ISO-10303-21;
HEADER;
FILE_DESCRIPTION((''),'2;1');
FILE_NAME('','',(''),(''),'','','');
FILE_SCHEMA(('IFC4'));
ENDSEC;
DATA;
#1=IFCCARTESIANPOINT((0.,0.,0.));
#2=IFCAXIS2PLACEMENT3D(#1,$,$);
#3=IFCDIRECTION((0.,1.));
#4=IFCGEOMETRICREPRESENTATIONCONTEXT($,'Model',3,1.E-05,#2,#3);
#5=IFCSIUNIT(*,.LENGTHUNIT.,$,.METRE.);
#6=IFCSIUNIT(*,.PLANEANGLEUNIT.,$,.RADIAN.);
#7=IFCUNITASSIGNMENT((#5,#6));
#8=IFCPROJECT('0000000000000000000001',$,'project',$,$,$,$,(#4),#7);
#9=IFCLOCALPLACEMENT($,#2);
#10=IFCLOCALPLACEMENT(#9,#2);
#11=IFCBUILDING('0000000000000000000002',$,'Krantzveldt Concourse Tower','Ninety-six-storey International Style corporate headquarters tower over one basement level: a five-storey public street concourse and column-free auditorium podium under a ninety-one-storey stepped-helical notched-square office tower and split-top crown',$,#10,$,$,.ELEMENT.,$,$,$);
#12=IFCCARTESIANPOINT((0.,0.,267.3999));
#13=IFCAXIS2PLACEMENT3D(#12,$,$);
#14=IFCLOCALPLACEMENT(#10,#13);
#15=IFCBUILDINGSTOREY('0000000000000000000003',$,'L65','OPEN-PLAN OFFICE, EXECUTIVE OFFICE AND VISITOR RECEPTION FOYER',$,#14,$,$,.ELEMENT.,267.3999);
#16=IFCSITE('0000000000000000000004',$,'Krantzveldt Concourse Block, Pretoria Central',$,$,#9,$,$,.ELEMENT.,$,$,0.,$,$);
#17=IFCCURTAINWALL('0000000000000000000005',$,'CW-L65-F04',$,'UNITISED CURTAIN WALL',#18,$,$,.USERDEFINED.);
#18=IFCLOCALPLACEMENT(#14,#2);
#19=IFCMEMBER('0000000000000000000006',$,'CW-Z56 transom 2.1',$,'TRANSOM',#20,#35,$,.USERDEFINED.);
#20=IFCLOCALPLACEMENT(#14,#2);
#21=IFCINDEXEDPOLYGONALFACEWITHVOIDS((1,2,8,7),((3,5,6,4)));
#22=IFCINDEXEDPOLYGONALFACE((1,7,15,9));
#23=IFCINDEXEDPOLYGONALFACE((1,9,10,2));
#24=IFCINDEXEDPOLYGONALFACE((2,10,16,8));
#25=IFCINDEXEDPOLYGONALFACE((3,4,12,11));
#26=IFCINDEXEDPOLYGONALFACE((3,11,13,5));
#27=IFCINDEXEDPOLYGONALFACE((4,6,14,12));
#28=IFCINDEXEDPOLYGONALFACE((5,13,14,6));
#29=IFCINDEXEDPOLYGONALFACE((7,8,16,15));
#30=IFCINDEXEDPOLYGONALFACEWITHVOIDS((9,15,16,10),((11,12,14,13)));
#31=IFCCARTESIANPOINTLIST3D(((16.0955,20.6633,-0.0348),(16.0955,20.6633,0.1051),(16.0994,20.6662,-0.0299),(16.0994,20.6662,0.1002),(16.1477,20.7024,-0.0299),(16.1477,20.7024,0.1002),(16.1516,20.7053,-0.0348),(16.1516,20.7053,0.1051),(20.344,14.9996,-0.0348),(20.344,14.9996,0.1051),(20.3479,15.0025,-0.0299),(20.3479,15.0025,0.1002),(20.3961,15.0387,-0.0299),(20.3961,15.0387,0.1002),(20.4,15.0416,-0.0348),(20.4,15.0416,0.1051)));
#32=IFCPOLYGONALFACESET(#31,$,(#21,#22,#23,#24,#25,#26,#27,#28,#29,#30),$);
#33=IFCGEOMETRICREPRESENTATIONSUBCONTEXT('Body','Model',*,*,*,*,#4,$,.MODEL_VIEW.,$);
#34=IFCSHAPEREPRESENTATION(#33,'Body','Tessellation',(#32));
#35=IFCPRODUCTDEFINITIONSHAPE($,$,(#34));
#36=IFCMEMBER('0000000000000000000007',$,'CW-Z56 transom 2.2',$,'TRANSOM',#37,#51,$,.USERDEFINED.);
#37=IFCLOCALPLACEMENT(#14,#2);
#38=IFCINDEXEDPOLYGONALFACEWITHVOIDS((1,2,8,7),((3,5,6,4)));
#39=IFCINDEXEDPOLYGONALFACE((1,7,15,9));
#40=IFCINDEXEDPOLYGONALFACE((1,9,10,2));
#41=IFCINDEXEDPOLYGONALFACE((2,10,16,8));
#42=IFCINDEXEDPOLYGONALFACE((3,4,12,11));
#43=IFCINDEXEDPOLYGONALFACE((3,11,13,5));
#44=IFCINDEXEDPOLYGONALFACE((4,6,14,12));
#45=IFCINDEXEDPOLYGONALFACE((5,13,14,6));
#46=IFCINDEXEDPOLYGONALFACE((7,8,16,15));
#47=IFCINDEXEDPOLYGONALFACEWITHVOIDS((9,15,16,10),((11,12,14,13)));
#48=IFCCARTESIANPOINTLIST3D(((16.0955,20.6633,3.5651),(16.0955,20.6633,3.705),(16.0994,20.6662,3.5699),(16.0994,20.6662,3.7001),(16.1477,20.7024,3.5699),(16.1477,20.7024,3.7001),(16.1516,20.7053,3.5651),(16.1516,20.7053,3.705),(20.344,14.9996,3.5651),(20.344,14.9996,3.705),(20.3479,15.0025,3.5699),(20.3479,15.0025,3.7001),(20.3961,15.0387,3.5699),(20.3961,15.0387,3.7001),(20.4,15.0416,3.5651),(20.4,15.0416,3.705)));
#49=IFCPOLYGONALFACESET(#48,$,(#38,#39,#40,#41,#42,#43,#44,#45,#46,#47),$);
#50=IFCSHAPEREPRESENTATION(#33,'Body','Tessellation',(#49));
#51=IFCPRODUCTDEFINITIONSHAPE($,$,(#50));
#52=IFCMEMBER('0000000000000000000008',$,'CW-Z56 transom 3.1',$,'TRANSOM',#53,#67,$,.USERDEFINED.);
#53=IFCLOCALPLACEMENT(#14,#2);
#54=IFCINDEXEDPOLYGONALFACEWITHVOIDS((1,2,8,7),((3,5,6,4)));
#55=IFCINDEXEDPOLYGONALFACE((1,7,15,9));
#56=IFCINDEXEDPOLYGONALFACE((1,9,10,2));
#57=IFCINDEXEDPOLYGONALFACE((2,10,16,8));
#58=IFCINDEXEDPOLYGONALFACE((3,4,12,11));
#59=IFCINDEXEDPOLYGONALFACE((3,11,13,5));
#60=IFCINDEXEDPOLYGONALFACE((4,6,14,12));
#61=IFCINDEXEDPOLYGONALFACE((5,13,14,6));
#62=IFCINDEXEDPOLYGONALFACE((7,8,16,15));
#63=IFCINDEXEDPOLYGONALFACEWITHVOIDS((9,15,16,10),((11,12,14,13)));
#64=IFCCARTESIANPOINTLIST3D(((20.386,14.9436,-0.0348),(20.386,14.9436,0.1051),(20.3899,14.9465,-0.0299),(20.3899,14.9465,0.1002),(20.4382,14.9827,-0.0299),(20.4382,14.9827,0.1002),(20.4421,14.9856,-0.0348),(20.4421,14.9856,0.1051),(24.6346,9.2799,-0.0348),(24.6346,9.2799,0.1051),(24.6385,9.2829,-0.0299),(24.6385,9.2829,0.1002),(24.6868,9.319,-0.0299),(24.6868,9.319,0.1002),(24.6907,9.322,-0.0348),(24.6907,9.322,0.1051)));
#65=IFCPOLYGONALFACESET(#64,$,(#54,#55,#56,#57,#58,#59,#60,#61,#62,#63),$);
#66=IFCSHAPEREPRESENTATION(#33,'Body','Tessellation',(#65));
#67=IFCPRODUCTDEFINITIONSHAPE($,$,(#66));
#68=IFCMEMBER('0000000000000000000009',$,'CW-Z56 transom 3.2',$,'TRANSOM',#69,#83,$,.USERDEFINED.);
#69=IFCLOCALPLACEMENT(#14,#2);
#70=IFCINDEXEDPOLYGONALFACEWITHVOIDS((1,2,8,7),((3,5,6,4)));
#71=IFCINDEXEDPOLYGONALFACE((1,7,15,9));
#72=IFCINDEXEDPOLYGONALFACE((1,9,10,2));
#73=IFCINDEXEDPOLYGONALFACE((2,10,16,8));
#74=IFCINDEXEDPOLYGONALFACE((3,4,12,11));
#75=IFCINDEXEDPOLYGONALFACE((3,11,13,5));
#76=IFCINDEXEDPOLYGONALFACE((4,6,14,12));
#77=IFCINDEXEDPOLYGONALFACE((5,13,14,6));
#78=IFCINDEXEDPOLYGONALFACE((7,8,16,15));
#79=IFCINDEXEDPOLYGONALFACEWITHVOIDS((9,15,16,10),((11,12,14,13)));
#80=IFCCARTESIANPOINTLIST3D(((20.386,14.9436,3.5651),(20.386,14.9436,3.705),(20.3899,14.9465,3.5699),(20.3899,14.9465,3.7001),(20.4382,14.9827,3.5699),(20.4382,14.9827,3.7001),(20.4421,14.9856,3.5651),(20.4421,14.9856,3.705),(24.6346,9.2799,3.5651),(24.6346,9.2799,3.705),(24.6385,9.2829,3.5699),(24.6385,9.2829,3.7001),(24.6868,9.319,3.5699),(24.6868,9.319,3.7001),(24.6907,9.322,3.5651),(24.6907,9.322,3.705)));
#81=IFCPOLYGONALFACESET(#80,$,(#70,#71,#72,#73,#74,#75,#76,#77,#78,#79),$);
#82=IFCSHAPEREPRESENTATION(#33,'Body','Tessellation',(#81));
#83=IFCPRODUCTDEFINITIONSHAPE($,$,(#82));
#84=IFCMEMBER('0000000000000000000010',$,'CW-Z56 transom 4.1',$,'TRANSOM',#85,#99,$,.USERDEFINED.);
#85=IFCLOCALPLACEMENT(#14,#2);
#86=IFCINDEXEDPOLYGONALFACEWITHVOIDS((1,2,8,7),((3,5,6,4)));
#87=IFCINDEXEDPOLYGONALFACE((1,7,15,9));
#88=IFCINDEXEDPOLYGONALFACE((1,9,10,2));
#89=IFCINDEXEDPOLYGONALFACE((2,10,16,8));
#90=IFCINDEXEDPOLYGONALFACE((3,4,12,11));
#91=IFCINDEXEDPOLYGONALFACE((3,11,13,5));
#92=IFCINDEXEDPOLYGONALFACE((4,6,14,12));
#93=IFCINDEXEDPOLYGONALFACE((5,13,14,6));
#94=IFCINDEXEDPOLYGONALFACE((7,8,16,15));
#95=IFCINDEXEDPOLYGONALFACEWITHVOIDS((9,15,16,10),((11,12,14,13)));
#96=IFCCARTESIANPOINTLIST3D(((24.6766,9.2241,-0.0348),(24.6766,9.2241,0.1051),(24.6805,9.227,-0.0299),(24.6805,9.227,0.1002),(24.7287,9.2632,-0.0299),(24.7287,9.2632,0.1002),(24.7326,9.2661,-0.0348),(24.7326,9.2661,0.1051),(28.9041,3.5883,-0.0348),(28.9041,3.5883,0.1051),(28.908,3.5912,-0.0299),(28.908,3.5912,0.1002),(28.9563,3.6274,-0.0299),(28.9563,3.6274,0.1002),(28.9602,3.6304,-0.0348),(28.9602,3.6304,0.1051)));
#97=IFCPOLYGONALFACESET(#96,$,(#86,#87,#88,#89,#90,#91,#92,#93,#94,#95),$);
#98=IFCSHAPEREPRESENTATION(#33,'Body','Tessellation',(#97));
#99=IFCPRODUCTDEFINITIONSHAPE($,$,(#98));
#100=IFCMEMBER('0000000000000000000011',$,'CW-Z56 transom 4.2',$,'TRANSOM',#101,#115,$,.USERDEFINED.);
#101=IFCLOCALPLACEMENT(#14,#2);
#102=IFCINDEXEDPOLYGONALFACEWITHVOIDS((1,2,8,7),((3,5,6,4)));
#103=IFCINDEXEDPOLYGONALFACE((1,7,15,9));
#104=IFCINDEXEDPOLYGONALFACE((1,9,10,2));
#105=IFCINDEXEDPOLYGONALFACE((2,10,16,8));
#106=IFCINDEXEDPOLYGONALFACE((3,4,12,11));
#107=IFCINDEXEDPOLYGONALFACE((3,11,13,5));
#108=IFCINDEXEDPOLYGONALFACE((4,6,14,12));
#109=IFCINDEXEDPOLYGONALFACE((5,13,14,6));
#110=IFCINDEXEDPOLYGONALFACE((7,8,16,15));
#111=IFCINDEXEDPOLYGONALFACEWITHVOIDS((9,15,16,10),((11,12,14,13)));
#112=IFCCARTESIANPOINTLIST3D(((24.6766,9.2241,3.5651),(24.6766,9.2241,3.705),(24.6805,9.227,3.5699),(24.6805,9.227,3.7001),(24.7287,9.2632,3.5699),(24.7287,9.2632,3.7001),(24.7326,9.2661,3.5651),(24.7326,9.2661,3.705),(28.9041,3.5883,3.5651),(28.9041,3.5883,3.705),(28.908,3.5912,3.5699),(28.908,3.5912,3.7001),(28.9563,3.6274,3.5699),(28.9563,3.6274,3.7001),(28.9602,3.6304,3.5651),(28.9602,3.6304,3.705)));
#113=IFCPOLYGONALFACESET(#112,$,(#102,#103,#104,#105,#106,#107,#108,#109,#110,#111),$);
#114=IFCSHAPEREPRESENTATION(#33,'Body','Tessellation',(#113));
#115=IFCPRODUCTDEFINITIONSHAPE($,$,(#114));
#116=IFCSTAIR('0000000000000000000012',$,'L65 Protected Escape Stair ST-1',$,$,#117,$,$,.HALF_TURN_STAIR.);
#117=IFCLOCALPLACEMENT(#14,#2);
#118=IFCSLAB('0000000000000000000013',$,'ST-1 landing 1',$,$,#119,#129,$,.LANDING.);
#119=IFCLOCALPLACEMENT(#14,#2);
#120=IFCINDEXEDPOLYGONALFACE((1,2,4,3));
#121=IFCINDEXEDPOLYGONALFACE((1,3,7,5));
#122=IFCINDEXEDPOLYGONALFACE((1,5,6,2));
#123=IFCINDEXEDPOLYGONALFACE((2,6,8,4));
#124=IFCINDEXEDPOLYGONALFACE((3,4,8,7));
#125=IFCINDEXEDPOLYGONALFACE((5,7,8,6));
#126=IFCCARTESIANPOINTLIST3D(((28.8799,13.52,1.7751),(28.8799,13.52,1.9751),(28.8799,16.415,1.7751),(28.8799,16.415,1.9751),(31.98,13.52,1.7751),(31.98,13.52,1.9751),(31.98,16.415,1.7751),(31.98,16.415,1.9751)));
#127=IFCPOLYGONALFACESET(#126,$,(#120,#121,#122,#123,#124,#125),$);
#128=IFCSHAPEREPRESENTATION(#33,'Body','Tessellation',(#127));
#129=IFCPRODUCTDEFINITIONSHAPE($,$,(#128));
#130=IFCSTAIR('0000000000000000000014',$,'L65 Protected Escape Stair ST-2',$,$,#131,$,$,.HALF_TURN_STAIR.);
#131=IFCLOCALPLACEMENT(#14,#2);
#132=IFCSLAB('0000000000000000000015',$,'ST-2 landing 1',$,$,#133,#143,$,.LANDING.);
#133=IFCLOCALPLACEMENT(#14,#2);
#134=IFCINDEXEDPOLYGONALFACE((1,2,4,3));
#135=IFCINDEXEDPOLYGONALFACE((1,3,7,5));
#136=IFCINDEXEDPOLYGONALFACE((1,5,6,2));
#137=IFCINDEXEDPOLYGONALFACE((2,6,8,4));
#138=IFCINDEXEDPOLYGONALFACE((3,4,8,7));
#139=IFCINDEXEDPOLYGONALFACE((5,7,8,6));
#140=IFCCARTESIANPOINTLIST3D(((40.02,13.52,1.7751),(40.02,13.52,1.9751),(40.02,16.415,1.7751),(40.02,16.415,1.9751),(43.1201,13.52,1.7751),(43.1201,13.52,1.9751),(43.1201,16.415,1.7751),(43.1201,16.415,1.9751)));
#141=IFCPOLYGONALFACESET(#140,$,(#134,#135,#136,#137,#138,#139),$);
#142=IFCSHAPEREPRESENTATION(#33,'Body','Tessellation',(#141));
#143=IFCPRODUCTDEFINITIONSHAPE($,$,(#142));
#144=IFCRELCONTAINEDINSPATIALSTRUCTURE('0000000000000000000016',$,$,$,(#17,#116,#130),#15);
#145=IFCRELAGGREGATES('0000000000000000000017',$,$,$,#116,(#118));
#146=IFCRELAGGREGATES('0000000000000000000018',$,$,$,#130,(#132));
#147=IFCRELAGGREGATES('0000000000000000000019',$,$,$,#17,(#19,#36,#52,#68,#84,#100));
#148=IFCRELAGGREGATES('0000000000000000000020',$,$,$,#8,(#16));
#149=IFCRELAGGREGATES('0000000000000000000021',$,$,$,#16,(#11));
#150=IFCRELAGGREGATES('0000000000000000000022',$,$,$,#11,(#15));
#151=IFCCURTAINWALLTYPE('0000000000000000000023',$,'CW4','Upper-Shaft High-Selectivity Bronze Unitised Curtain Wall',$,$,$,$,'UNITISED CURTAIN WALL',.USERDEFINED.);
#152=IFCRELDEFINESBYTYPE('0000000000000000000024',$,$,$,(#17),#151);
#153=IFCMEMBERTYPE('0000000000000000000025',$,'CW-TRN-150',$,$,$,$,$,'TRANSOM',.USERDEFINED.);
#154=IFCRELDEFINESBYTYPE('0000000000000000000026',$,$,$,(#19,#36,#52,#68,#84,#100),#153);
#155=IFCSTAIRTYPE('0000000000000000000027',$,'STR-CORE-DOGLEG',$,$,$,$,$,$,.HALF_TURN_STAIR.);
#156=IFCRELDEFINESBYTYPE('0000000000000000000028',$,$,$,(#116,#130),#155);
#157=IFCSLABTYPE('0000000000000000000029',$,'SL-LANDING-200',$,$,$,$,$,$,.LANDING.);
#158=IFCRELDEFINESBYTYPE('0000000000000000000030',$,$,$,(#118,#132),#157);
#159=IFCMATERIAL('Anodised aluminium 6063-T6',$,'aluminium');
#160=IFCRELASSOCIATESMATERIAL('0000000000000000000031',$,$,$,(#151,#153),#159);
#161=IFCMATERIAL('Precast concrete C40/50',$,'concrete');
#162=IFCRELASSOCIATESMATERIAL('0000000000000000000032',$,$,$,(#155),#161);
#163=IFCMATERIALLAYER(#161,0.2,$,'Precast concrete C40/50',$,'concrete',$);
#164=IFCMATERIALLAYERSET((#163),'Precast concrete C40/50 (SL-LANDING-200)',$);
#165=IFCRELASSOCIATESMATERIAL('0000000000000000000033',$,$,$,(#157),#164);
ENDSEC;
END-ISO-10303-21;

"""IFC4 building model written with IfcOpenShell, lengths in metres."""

from ifc_helpers import new_model, si_unit, direction, frame, origin, origin_2d, place, context, subcontext, project, spatial, polyline, hollow_rectangle, outline, extrude, source, transform, mapped, material, layer, layer_set, material_profile, profile_set, type_object, element, aggregate, save


model = new_model("IFC4")

# Units and contexts
model_context = context("Model", 3, precision=1e-05, world=origin(), true_north=direction((0.0, 1.0)))
body_context = subcontext(model_context, "Body", "Model", "MODEL_VIEW")
ifc_project = project(units=[si_unit("LENGTHUNIT", "METRE"), si_unit("PLANEANGLEUNIT", "RADIAN")], contexts=[model_context])

# Site, building, storey
site_placement = place(None, origin())
site = spatial("IfcSite", under=ifc_project, at=site_placement, Name="Krantzveldt Concourse Block, Pretoria Central", CompositionType="ELEMENT", RefElevation=0.0)
building_placement = place(site_placement, origin())
building = spatial("IfcBuilding", under=site, at=building_placement, Name="Krantzveldt Concourse Tower", Description="Ninety-six-storey International Style corporate headquarters tower over one basement level: a five-storey public street concourse and column-free auditorium podium under a ninety-one-storey stepped-helical notched-square office tower and split-top crown", CompositionType="ELEMENT")
storey_placement = place(building_placement, frame((0.0, 0.0, 267.3999)))
storey = spatial("IfcBuildingStorey", under=building, at=storey_placement, Name="L65", Description="OPEN-PLAN OFFICE, EXECUTIVE OFFICE AND VISITOR RECEPTION FOYER", CompositionType="ELEMENT", Elevation=267.3999)

# Curtain wall, members
ifc_material_1 = material(Name="Anodised aluminium 6063-T6", Category="aluminium")
curtain_wall_type = type_object("IfcCurtainWallType", Name="CW4", Description="Upper-Shaft High-Selectivity Bronze Unitised Curtain Wall", ElementType="UNITISED CURTAIN WALL", PredefinedType="USERDEFINED", material=ifc_material_1)
curtain_wall_placement = place(storey_placement, origin())
curtain_wall = element("IfcCurtainWall", 1, at=curtain_wall_placement, inside=storey, type_object=curtain_wall_type, Name="CW-L65-F04", ObjectType="UNITISED CURTAIN WALL", PredefinedType="USERDEFINED")
ifc_material_profile_1 = material_profile(ifc_material_1, hollow_rectangle(XDim=0.0701, YDim=0.1399, WallThickness=0.0049, at=origin_2d()), Name="Anodised aluminium 6063-T6", Category="aluminium")
ifc_profile_set_1 = profile_set([ifc_material_profile_1], Name="Anodised aluminium 6063-T6 - ALU-TRAN 140x70x5")
member_type_1 = type_object("IfcMemberType", Name="CW-TRN-150", ElementType="TRANSOM", PredefinedType="USERDEFINED", material=ifc_profile_set_1)
shared_shape_1 = source(origin(), body_context, "Body", "SweptSolid", [
    extrude(hollow_rectangle(XDim=0.0701, YDim=0.1399, WallThickness=0.0049, at=origin_2d()), origin(), (0.0, 0.0, 1.0), 7.0801),
])
member_1_placement = place(storey_placement, frame((16.1235, 20.6843, 0.0352), z_axis=(0.600061, -0.799954, 0.0), x_axis=(0.799954, 0.600061, 0.0)))
member_1 = element("IfcMember", 2, at=member_1_placement, type_object=member_type_1, Name="CW-Z56 transom 2.1", ObjectType="TRANSOM", PredefinedType="USERDEFINED", context=body_context, shape_type="MappedRepresentation", body=[
    mapped(shared_shape_1, transform((0.0, 0.0, 0.0), x_axis=(1.0, 0.0, 0.0), y_axis=(0.0, 1.0, 0.0), z_axis=(0.0, 0.0, 1.0), scale=1.0)),
])
member_2_placement = place(storey_placement, frame((16.1235, 20.6843, 3.635), z_axis=(0.600061, -0.799954, 0.0), x_axis=(0.799954, 0.600061, 0.0)))
member_2 = element("IfcMember", 3, at=member_2_placement, type_object=member_type_1, Name="CW-Z56 transom 2.2", ObjectType="TRANSOM", PredefinedType="USERDEFINED", context=body_context, shape_type="MappedRepresentation", body=[
    mapped(shared_shape_1, transform((0.0, 0.0, 0.0), x_axis=(1.0, 0.0, 0.0), y_axis=(0.0, 1.0, 0.0), z_axis=(0.0, 0.0, 1.0), scale=1.0)),
])
member_3_placement = place(storey_placement, frame((20.4141, 14.9646, 0.0352), z_axis=(0.600077, -0.799942, 0.0), x_axis=(0.799942, 0.600077, 0.0)))
member_3 = element("IfcMember", 4, at=member_3_placement, type_object=member_type_1, Name="CW-Z56 transom 3.1", ObjectType="TRANSOM", PredefinedType="USERDEFINED", context=body_context, shape_type="MappedRepresentation", body=[
    mapped(shared_shape_1, transform((0.0, 0.0, 0.0), x_axis=(1.0, 0.0, 0.0), y_axis=(0.0, 1.0, 0.0), z_axis=(0.0, 0.0, 1.0), scale=1.0)),
])
member_4_placement = place(storey_placement, frame((20.4141, 14.9646, 3.635), z_axis=(0.600077, -0.799942, 0.0), x_axis=(0.799942, 0.600077, 0.0)))
member_4 = element("IfcMember", 5, at=member_4_placement, type_object=member_type_1, Name="CW-Z56 transom 3.2", ObjectType="TRANSOM", PredefinedType="USERDEFINED", context=body_context, shape_type="MappedRepresentation", body=[
    mapped(shared_shape_1, transform((0.0, 0.0, 0.0), x_axis=(1.0, 0.0, 0.0), y_axis=(0.0, 1.0, 0.0), z_axis=(0.0, 0.0, 1.0), scale=1.0)),
])
shared_shape_2 = source(origin(), body_context, "Body", "SweptSolid", [
    extrude(hollow_rectangle(XDim=0.0701, YDim=0.1399, WallThickness=0.0049, at=origin_2d()), origin(), (0.0, 0.0, 1.0), 7.0452),
])
member_5_placement = place(storey_placement, frame((24.7046, 9.2451, 0.0352), z_axis=(0.600067, -0.79995, 0.0), x_axis=(0.79995, 0.600067, 0.0)))
member_5 = element("IfcMember", 6, at=member_5_placement, type_object=member_type_1, Name="CW-Z56 transom 4.1", ObjectType="TRANSOM", PredefinedType="USERDEFINED", context=body_context, shape_type="MappedRepresentation", body=[
    mapped(shared_shape_2, transform((0.0, 0.0, 0.0), x_axis=(1.0, 0.0, 0.0), y_axis=(0.0, 1.0, 0.0), z_axis=(0.0, 0.0, 1.0), scale=1.0)),
])
member_6_placement = place(storey_placement, frame((24.7046, 9.2451, 3.635), z_axis=(0.600067, -0.79995, 0.0), x_axis=(0.79995, 0.600067, 0.0)))
member_6 = element("IfcMember", 7, at=member_6_placement, type_object=member_type_1, Name="CW-Z56 transom 4.2", ObjectType="TRANSOM", PredefinedType="USERDEFINED", context=body_context, shape_type="MappedRepresentation", body=[
    mapped(shared_shape_2, transform((0.0, 0.0, 0.0), x_axis=(1.0, 0.0, 0.0), y_axis=(0.0, 1.0, 0.0), z_axis=(0.0, 0.0, 1.0), scale=1.0)),
])

# Stairs, slabs
ifc_material_2 = material(Name="Precast concrete C40/50", Category="concrete")
stair_type = type_object("IfcStairType", Name="STR-CORE-DOGLEG", PredefinedType="HALF_TURN_STAIR", material=ifc_material_2)
stair_1_placement = place(storey_placement, origin())
stair_1 = element("IfcStair", 8, at=stair_1_placement, inside=storey, type_object=stair_type, Name="L65 Protected Escape Stair ST-1", PredefinedType="HALF_TURN_STAIR")
ifc_layer_1 = layer(ifc_material_2, 0.2, Name="Precast concrete C40/50", Category="concrete")
ifc_layer_set_1 = layer_set([ifc_layer_1], Name="Precast concrete C40/50 (SL-LANDING-200)")
slab_type_1 = type_object("IfcSlabType", Name="SL-LANDING-200", PredefinedType="LANDING", material=ifc_layer_set_1)
slab_1_placement = place(storey_placement, frame((0.0, 0.0, 1.7751)))
slab_1 = element("IfcSlab", 9, at=slab_1_placement, type_object=slab_type_1, Name="ST-1 landing 1", PredefinedType="LANDING", context=body_context, shape_type="SweptSolid", body=[
    extrude(outline(polyline([(28.8799, 16.415), (28.8799, 13.52), (31.98, 13.52), (31.98, 16.415), (28.8799, 16.415)])), origin(), (0.0, 0.0, 1.0), 0.2),
])
aggregate(stair_1, [slab_1])
stair_2_placement = place(storey_placement, origin())
stair_2 = element("IfcStair", 10, at=stair_2_placement, inside=storey, type_object=stair_type, Name="L65 Protected Escape Stair ST-2", PredefinedType="HALF_TURN_STAIR")
slab_2_placement = place(storey_placement, frame((0.0, 0.0, 1.7751)))
slab_2 = element("IfcSlab", 11, at=slab_2_placement, type_object=slab_type_1, Name="ST-2 landing 1", PredefinedType="LANDING", context=body_context, shape_type="SweptSolid", body=[
    extrude(outline(polyline([(40.02, 16.415), (40.02, 13.52), (43.1201, 13.52), (43.1201, 16.415), (40.02, 16.415)])), origin(), (0.0, 0.0, 1.0), 0.2),
])
aggregate(stair_2, [slab_2])

aggregate(curtain_wall, [member_1, member_2, member_3, member_4, member_5, member_6])

save(model, "model.ifc")
